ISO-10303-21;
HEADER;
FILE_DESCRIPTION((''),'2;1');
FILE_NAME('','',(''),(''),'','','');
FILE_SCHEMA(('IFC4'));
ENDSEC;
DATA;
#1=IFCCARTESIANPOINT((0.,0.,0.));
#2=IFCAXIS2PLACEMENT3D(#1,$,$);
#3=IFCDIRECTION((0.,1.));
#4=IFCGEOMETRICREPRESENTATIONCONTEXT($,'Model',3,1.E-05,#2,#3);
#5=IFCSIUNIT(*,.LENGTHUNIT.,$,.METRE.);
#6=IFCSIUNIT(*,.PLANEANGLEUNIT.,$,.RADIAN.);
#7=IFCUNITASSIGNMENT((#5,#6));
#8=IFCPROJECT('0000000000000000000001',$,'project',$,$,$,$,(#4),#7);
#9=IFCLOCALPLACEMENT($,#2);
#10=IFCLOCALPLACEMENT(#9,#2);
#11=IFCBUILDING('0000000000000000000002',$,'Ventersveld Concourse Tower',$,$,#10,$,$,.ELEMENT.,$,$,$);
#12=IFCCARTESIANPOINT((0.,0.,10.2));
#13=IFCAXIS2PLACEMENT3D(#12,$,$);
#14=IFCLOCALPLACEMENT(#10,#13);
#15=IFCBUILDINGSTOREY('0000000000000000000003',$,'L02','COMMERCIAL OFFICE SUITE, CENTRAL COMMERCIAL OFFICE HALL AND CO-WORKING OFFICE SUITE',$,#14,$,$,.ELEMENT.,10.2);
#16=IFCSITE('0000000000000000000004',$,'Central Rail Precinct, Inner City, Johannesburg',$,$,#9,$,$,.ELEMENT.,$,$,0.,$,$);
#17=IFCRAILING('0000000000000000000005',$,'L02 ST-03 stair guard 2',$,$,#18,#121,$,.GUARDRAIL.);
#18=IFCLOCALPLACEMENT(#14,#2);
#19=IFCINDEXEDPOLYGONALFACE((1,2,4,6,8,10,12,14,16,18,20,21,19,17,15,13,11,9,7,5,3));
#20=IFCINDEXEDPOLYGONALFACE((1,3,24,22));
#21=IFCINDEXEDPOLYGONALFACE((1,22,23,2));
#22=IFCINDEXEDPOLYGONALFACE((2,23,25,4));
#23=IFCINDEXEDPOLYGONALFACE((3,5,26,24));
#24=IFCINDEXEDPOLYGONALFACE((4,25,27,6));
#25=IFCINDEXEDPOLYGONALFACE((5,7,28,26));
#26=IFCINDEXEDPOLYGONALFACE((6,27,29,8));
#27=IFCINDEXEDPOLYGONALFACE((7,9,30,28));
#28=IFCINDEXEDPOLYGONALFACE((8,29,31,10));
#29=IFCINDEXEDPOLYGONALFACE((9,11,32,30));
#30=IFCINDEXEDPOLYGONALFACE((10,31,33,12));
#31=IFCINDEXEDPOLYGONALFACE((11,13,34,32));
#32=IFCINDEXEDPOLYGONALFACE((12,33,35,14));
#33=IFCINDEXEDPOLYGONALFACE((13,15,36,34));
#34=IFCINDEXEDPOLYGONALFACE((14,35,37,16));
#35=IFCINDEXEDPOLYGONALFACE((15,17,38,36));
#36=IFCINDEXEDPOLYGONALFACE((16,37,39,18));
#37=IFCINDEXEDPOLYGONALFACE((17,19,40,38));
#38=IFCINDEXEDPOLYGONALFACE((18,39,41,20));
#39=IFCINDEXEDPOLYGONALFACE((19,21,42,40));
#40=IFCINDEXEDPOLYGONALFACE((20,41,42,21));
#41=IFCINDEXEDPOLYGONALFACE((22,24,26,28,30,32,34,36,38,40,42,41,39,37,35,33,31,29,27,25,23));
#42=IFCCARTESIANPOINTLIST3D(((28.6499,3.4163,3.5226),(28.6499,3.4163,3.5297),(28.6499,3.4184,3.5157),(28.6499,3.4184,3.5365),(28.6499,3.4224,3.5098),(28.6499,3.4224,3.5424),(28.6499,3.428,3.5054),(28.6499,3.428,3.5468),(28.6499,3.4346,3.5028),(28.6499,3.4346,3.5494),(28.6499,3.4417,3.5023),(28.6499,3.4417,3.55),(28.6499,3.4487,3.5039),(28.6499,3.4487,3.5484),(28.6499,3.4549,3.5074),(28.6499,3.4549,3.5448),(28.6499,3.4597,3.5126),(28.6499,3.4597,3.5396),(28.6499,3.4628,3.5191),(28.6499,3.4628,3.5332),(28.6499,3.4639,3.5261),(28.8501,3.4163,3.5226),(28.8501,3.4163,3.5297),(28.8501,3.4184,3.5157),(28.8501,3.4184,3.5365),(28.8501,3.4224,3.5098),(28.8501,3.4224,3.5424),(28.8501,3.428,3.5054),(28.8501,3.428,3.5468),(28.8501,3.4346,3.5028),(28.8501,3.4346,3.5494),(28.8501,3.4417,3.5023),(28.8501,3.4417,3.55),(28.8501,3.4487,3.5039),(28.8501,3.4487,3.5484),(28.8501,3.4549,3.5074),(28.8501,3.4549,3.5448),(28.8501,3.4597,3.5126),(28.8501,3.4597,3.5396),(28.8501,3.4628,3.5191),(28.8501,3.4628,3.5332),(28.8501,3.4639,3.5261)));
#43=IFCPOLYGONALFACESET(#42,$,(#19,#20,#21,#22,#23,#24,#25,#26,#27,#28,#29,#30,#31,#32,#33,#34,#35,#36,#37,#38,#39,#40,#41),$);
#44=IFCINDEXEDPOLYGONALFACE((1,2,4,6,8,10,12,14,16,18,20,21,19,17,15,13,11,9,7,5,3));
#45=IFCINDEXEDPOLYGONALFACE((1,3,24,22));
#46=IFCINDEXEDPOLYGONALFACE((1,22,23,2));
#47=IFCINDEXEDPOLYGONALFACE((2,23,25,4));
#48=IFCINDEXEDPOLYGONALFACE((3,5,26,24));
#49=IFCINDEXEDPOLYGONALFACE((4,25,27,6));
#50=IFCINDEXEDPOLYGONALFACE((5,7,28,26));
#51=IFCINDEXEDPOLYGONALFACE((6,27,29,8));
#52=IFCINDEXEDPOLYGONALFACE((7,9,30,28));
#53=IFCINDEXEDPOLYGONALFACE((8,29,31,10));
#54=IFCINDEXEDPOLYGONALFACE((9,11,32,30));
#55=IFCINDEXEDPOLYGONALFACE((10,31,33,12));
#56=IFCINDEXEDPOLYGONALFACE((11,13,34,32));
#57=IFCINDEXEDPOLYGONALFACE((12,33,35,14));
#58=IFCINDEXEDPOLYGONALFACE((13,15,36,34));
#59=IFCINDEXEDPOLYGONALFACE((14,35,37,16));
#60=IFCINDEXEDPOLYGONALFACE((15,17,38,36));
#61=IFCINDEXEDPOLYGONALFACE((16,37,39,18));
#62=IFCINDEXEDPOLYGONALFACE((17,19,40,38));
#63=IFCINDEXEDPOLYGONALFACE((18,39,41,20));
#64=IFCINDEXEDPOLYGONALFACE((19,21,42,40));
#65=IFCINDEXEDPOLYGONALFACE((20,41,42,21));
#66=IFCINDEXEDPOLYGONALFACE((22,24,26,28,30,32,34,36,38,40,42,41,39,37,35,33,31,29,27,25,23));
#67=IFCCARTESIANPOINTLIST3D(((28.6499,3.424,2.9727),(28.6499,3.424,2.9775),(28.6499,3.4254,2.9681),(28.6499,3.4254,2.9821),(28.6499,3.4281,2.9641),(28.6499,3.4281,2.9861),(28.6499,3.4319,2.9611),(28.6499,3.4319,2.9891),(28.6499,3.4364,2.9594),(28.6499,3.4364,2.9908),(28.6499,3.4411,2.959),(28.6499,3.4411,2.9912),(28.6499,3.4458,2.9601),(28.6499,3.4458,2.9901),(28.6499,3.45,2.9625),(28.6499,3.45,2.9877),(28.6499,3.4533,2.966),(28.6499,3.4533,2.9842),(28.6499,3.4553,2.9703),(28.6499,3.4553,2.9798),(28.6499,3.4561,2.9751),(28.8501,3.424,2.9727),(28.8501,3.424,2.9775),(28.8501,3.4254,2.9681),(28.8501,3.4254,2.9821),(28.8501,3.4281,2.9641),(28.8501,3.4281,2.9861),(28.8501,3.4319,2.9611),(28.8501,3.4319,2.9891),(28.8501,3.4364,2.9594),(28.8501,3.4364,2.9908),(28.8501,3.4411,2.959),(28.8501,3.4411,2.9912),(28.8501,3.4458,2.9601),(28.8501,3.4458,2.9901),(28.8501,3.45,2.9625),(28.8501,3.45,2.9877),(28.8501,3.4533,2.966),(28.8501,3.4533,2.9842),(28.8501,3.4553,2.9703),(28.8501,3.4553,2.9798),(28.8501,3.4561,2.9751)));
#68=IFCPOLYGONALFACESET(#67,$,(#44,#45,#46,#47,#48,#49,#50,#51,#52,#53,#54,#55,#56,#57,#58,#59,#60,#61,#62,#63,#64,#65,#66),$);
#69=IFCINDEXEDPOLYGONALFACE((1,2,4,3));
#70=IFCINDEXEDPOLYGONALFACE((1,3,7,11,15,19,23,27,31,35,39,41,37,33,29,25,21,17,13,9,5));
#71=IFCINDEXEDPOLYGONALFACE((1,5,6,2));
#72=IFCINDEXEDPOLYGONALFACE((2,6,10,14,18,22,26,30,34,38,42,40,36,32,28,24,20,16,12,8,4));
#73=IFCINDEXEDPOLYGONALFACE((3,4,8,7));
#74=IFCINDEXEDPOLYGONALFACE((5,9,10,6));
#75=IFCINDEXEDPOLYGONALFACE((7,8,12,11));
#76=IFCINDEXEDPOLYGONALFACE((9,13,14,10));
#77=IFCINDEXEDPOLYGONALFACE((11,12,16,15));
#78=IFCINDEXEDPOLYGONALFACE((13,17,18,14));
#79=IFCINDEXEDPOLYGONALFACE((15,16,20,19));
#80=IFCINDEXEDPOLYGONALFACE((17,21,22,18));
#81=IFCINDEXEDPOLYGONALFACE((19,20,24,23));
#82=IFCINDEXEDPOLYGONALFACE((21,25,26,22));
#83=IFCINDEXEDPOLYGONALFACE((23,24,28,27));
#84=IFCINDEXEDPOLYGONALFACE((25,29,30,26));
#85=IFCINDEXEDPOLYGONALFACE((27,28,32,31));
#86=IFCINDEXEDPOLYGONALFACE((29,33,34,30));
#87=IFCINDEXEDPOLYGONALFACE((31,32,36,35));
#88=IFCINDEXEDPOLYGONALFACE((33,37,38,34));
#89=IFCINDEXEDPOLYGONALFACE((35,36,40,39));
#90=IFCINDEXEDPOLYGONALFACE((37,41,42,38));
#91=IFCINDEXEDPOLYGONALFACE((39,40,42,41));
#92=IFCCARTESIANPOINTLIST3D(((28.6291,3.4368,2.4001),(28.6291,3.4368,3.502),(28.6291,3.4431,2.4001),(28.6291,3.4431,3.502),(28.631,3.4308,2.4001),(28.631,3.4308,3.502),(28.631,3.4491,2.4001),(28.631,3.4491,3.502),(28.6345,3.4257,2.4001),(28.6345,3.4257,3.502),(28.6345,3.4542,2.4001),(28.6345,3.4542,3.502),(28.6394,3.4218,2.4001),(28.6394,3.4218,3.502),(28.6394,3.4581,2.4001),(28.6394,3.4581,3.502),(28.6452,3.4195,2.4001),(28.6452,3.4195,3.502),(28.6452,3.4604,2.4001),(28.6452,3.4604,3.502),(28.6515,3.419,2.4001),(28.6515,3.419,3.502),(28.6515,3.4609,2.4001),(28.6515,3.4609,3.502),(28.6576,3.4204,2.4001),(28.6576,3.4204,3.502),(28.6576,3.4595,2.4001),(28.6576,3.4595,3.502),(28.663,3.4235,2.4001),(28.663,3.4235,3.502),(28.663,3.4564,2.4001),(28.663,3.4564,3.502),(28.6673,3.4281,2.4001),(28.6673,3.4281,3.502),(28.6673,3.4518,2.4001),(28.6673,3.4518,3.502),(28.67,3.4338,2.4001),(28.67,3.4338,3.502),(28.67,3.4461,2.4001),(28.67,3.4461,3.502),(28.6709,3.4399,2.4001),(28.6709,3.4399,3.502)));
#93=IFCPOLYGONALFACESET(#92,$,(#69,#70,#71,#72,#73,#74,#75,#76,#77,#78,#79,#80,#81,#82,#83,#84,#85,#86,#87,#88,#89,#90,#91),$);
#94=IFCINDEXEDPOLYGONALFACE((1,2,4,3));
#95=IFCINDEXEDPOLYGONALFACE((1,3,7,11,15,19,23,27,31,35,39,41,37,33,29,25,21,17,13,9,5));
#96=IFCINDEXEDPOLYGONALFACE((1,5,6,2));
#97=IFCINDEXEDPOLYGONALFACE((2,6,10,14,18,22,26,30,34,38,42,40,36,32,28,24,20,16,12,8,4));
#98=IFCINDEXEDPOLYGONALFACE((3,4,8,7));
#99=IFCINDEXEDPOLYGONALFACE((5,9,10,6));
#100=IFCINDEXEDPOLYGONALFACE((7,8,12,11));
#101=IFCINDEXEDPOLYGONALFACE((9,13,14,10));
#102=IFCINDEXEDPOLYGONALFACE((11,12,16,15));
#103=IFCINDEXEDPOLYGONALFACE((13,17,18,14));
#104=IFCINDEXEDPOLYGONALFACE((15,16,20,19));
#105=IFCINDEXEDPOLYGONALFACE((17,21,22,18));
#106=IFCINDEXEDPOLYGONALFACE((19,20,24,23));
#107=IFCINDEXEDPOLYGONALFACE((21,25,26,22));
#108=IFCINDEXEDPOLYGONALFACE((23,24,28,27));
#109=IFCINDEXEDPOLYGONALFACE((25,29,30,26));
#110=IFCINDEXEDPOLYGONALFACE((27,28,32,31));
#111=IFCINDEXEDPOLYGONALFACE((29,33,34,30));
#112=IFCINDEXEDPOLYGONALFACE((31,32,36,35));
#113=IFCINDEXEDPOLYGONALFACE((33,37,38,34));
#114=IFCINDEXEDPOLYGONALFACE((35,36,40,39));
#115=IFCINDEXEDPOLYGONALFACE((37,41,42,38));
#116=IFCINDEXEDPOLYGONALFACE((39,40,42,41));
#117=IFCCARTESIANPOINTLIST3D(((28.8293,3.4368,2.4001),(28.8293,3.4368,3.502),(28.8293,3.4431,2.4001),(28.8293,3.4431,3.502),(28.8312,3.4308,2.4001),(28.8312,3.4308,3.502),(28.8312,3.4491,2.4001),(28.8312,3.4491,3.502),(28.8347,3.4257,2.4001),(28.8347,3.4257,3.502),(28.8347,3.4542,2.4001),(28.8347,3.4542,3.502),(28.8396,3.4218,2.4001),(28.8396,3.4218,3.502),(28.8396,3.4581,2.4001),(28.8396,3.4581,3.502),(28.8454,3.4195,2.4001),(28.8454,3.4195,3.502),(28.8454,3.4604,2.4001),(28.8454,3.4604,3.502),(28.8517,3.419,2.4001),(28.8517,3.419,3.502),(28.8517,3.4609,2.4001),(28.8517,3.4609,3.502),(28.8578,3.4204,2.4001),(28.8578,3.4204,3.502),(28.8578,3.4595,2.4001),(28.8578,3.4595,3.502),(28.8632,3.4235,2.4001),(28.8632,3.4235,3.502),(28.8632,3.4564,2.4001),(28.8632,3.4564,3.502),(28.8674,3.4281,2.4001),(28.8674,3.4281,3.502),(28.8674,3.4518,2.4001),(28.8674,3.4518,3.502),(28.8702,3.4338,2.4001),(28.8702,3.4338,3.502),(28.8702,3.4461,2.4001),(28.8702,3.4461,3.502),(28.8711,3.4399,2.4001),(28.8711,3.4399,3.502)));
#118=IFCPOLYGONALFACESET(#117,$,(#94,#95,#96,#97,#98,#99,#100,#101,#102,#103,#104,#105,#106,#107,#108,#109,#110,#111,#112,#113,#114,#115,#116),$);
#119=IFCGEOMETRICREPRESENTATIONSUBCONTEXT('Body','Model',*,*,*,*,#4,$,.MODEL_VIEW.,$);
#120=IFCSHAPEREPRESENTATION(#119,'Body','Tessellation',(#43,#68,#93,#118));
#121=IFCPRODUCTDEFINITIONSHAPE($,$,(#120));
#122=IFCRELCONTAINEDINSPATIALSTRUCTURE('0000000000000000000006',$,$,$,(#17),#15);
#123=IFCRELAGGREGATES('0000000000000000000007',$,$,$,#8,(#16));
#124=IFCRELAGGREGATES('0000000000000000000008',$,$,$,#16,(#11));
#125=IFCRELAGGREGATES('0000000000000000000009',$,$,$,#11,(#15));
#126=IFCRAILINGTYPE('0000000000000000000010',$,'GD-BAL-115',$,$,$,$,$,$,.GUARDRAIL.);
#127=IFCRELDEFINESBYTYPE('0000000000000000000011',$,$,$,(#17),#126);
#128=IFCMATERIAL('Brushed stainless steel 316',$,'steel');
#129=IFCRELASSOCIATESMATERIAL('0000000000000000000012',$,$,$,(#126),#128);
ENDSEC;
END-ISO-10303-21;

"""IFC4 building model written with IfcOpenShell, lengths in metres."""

from ifc_helpers import new_model, si_unit, direction, frame, origin, origin_2d, place, context, subcontext, project, spatial, circle, extrude, material, type_object, element, save


model = new_model("IFC4")

# Units and contexts
model_context = context("Model", 3, precision=1e-05, world=origin(), true_north=direction((0.0, 1.0)))
body_context = subcontext(model_context, "Body", "Model", "MODEL_VIEW")
ifc_project = project(units=[si_unit("LENGTHUNIT", "METRE"), si_unit("PLANEANGLEUNIT", "RADIAN")], contexts=[model_context])

# Site, building, storey
site_placement = place(None, origin())
site = spatial("IfcSite", under=ifc_project, at=site_placement, Name="Central Rail Precinct, Inner City, Johannesburg", CompositionType="ELEMENT", RefElevation=0.0)
building_placement = place(site_placement, origin())
building = spatial("IfcBuilding", under=site, at=building_placement, Name="Ventersveld Concourse Tower", CompositionType="ELEMENT")
storey_placement = place(building_placement, frame((0.0, 0.0, 10.2)))
storey = spatial("IfcBuildingStorey", under=building, at=storey_placement, Name="L02", Description="COMMERCIAL OFFICE SUITE, CENTRAL COMMERCIAL OFFICE HALL AND CO-WORKING OFFICE SUITE", CompositionType="ELEMENT", Elevation=10.2)

# Railing
ifc_material_1 = material(Name="Brushed stainless steel 316", Category="steel")
railing_type_1 = type_object("IfcRailingType", Name="GD-BAL-115", PredefinedType="GUARDRAIL", material=ifc_material_1)
railing_1_placement = place(storey_placement, frame((28.6499, 3.4399, 2.4001)))
element("IfcRailing", 1, at=railing_1_placement, inside=storey, type_object=railing_type_1, Name="L02 ST-03 stair guard 2", PredefinedType="GUARDRAIL", context=body_context, shape_type="SweptSolid", body=[
    extrude(circle(Radius=0.0239, at=origin_2d()), frame((0.0, 0.0, 1.126), z_axis=(1.0, 0.0, 0.0), x_axis=(0.0, 1.0, 0.0)), (0.0, 0.0, 1.0), 0.2002),
    extrude(circle(Radius=0.0161, at=origin_2d()), frame((0.0, 0.0, 0.575), z_axis=(1.0, 0.0, 0.0), x_axis=(0.0, 1.0, 0.0)), (0.0, 0.0, 1.0), 0.2002),
    extrude(circle(Radius=0.021, at=origin_2d()), origin(), (0.0, 0.0, 1.0), 1.1018),
    extrude(circle(Radius=0.021, at=origin_2d()), frame((0.2002, 0.0, 0.0)), (0.0, 0.0, 1.0), 1.1018),
])

save(model, "model.ifc")
